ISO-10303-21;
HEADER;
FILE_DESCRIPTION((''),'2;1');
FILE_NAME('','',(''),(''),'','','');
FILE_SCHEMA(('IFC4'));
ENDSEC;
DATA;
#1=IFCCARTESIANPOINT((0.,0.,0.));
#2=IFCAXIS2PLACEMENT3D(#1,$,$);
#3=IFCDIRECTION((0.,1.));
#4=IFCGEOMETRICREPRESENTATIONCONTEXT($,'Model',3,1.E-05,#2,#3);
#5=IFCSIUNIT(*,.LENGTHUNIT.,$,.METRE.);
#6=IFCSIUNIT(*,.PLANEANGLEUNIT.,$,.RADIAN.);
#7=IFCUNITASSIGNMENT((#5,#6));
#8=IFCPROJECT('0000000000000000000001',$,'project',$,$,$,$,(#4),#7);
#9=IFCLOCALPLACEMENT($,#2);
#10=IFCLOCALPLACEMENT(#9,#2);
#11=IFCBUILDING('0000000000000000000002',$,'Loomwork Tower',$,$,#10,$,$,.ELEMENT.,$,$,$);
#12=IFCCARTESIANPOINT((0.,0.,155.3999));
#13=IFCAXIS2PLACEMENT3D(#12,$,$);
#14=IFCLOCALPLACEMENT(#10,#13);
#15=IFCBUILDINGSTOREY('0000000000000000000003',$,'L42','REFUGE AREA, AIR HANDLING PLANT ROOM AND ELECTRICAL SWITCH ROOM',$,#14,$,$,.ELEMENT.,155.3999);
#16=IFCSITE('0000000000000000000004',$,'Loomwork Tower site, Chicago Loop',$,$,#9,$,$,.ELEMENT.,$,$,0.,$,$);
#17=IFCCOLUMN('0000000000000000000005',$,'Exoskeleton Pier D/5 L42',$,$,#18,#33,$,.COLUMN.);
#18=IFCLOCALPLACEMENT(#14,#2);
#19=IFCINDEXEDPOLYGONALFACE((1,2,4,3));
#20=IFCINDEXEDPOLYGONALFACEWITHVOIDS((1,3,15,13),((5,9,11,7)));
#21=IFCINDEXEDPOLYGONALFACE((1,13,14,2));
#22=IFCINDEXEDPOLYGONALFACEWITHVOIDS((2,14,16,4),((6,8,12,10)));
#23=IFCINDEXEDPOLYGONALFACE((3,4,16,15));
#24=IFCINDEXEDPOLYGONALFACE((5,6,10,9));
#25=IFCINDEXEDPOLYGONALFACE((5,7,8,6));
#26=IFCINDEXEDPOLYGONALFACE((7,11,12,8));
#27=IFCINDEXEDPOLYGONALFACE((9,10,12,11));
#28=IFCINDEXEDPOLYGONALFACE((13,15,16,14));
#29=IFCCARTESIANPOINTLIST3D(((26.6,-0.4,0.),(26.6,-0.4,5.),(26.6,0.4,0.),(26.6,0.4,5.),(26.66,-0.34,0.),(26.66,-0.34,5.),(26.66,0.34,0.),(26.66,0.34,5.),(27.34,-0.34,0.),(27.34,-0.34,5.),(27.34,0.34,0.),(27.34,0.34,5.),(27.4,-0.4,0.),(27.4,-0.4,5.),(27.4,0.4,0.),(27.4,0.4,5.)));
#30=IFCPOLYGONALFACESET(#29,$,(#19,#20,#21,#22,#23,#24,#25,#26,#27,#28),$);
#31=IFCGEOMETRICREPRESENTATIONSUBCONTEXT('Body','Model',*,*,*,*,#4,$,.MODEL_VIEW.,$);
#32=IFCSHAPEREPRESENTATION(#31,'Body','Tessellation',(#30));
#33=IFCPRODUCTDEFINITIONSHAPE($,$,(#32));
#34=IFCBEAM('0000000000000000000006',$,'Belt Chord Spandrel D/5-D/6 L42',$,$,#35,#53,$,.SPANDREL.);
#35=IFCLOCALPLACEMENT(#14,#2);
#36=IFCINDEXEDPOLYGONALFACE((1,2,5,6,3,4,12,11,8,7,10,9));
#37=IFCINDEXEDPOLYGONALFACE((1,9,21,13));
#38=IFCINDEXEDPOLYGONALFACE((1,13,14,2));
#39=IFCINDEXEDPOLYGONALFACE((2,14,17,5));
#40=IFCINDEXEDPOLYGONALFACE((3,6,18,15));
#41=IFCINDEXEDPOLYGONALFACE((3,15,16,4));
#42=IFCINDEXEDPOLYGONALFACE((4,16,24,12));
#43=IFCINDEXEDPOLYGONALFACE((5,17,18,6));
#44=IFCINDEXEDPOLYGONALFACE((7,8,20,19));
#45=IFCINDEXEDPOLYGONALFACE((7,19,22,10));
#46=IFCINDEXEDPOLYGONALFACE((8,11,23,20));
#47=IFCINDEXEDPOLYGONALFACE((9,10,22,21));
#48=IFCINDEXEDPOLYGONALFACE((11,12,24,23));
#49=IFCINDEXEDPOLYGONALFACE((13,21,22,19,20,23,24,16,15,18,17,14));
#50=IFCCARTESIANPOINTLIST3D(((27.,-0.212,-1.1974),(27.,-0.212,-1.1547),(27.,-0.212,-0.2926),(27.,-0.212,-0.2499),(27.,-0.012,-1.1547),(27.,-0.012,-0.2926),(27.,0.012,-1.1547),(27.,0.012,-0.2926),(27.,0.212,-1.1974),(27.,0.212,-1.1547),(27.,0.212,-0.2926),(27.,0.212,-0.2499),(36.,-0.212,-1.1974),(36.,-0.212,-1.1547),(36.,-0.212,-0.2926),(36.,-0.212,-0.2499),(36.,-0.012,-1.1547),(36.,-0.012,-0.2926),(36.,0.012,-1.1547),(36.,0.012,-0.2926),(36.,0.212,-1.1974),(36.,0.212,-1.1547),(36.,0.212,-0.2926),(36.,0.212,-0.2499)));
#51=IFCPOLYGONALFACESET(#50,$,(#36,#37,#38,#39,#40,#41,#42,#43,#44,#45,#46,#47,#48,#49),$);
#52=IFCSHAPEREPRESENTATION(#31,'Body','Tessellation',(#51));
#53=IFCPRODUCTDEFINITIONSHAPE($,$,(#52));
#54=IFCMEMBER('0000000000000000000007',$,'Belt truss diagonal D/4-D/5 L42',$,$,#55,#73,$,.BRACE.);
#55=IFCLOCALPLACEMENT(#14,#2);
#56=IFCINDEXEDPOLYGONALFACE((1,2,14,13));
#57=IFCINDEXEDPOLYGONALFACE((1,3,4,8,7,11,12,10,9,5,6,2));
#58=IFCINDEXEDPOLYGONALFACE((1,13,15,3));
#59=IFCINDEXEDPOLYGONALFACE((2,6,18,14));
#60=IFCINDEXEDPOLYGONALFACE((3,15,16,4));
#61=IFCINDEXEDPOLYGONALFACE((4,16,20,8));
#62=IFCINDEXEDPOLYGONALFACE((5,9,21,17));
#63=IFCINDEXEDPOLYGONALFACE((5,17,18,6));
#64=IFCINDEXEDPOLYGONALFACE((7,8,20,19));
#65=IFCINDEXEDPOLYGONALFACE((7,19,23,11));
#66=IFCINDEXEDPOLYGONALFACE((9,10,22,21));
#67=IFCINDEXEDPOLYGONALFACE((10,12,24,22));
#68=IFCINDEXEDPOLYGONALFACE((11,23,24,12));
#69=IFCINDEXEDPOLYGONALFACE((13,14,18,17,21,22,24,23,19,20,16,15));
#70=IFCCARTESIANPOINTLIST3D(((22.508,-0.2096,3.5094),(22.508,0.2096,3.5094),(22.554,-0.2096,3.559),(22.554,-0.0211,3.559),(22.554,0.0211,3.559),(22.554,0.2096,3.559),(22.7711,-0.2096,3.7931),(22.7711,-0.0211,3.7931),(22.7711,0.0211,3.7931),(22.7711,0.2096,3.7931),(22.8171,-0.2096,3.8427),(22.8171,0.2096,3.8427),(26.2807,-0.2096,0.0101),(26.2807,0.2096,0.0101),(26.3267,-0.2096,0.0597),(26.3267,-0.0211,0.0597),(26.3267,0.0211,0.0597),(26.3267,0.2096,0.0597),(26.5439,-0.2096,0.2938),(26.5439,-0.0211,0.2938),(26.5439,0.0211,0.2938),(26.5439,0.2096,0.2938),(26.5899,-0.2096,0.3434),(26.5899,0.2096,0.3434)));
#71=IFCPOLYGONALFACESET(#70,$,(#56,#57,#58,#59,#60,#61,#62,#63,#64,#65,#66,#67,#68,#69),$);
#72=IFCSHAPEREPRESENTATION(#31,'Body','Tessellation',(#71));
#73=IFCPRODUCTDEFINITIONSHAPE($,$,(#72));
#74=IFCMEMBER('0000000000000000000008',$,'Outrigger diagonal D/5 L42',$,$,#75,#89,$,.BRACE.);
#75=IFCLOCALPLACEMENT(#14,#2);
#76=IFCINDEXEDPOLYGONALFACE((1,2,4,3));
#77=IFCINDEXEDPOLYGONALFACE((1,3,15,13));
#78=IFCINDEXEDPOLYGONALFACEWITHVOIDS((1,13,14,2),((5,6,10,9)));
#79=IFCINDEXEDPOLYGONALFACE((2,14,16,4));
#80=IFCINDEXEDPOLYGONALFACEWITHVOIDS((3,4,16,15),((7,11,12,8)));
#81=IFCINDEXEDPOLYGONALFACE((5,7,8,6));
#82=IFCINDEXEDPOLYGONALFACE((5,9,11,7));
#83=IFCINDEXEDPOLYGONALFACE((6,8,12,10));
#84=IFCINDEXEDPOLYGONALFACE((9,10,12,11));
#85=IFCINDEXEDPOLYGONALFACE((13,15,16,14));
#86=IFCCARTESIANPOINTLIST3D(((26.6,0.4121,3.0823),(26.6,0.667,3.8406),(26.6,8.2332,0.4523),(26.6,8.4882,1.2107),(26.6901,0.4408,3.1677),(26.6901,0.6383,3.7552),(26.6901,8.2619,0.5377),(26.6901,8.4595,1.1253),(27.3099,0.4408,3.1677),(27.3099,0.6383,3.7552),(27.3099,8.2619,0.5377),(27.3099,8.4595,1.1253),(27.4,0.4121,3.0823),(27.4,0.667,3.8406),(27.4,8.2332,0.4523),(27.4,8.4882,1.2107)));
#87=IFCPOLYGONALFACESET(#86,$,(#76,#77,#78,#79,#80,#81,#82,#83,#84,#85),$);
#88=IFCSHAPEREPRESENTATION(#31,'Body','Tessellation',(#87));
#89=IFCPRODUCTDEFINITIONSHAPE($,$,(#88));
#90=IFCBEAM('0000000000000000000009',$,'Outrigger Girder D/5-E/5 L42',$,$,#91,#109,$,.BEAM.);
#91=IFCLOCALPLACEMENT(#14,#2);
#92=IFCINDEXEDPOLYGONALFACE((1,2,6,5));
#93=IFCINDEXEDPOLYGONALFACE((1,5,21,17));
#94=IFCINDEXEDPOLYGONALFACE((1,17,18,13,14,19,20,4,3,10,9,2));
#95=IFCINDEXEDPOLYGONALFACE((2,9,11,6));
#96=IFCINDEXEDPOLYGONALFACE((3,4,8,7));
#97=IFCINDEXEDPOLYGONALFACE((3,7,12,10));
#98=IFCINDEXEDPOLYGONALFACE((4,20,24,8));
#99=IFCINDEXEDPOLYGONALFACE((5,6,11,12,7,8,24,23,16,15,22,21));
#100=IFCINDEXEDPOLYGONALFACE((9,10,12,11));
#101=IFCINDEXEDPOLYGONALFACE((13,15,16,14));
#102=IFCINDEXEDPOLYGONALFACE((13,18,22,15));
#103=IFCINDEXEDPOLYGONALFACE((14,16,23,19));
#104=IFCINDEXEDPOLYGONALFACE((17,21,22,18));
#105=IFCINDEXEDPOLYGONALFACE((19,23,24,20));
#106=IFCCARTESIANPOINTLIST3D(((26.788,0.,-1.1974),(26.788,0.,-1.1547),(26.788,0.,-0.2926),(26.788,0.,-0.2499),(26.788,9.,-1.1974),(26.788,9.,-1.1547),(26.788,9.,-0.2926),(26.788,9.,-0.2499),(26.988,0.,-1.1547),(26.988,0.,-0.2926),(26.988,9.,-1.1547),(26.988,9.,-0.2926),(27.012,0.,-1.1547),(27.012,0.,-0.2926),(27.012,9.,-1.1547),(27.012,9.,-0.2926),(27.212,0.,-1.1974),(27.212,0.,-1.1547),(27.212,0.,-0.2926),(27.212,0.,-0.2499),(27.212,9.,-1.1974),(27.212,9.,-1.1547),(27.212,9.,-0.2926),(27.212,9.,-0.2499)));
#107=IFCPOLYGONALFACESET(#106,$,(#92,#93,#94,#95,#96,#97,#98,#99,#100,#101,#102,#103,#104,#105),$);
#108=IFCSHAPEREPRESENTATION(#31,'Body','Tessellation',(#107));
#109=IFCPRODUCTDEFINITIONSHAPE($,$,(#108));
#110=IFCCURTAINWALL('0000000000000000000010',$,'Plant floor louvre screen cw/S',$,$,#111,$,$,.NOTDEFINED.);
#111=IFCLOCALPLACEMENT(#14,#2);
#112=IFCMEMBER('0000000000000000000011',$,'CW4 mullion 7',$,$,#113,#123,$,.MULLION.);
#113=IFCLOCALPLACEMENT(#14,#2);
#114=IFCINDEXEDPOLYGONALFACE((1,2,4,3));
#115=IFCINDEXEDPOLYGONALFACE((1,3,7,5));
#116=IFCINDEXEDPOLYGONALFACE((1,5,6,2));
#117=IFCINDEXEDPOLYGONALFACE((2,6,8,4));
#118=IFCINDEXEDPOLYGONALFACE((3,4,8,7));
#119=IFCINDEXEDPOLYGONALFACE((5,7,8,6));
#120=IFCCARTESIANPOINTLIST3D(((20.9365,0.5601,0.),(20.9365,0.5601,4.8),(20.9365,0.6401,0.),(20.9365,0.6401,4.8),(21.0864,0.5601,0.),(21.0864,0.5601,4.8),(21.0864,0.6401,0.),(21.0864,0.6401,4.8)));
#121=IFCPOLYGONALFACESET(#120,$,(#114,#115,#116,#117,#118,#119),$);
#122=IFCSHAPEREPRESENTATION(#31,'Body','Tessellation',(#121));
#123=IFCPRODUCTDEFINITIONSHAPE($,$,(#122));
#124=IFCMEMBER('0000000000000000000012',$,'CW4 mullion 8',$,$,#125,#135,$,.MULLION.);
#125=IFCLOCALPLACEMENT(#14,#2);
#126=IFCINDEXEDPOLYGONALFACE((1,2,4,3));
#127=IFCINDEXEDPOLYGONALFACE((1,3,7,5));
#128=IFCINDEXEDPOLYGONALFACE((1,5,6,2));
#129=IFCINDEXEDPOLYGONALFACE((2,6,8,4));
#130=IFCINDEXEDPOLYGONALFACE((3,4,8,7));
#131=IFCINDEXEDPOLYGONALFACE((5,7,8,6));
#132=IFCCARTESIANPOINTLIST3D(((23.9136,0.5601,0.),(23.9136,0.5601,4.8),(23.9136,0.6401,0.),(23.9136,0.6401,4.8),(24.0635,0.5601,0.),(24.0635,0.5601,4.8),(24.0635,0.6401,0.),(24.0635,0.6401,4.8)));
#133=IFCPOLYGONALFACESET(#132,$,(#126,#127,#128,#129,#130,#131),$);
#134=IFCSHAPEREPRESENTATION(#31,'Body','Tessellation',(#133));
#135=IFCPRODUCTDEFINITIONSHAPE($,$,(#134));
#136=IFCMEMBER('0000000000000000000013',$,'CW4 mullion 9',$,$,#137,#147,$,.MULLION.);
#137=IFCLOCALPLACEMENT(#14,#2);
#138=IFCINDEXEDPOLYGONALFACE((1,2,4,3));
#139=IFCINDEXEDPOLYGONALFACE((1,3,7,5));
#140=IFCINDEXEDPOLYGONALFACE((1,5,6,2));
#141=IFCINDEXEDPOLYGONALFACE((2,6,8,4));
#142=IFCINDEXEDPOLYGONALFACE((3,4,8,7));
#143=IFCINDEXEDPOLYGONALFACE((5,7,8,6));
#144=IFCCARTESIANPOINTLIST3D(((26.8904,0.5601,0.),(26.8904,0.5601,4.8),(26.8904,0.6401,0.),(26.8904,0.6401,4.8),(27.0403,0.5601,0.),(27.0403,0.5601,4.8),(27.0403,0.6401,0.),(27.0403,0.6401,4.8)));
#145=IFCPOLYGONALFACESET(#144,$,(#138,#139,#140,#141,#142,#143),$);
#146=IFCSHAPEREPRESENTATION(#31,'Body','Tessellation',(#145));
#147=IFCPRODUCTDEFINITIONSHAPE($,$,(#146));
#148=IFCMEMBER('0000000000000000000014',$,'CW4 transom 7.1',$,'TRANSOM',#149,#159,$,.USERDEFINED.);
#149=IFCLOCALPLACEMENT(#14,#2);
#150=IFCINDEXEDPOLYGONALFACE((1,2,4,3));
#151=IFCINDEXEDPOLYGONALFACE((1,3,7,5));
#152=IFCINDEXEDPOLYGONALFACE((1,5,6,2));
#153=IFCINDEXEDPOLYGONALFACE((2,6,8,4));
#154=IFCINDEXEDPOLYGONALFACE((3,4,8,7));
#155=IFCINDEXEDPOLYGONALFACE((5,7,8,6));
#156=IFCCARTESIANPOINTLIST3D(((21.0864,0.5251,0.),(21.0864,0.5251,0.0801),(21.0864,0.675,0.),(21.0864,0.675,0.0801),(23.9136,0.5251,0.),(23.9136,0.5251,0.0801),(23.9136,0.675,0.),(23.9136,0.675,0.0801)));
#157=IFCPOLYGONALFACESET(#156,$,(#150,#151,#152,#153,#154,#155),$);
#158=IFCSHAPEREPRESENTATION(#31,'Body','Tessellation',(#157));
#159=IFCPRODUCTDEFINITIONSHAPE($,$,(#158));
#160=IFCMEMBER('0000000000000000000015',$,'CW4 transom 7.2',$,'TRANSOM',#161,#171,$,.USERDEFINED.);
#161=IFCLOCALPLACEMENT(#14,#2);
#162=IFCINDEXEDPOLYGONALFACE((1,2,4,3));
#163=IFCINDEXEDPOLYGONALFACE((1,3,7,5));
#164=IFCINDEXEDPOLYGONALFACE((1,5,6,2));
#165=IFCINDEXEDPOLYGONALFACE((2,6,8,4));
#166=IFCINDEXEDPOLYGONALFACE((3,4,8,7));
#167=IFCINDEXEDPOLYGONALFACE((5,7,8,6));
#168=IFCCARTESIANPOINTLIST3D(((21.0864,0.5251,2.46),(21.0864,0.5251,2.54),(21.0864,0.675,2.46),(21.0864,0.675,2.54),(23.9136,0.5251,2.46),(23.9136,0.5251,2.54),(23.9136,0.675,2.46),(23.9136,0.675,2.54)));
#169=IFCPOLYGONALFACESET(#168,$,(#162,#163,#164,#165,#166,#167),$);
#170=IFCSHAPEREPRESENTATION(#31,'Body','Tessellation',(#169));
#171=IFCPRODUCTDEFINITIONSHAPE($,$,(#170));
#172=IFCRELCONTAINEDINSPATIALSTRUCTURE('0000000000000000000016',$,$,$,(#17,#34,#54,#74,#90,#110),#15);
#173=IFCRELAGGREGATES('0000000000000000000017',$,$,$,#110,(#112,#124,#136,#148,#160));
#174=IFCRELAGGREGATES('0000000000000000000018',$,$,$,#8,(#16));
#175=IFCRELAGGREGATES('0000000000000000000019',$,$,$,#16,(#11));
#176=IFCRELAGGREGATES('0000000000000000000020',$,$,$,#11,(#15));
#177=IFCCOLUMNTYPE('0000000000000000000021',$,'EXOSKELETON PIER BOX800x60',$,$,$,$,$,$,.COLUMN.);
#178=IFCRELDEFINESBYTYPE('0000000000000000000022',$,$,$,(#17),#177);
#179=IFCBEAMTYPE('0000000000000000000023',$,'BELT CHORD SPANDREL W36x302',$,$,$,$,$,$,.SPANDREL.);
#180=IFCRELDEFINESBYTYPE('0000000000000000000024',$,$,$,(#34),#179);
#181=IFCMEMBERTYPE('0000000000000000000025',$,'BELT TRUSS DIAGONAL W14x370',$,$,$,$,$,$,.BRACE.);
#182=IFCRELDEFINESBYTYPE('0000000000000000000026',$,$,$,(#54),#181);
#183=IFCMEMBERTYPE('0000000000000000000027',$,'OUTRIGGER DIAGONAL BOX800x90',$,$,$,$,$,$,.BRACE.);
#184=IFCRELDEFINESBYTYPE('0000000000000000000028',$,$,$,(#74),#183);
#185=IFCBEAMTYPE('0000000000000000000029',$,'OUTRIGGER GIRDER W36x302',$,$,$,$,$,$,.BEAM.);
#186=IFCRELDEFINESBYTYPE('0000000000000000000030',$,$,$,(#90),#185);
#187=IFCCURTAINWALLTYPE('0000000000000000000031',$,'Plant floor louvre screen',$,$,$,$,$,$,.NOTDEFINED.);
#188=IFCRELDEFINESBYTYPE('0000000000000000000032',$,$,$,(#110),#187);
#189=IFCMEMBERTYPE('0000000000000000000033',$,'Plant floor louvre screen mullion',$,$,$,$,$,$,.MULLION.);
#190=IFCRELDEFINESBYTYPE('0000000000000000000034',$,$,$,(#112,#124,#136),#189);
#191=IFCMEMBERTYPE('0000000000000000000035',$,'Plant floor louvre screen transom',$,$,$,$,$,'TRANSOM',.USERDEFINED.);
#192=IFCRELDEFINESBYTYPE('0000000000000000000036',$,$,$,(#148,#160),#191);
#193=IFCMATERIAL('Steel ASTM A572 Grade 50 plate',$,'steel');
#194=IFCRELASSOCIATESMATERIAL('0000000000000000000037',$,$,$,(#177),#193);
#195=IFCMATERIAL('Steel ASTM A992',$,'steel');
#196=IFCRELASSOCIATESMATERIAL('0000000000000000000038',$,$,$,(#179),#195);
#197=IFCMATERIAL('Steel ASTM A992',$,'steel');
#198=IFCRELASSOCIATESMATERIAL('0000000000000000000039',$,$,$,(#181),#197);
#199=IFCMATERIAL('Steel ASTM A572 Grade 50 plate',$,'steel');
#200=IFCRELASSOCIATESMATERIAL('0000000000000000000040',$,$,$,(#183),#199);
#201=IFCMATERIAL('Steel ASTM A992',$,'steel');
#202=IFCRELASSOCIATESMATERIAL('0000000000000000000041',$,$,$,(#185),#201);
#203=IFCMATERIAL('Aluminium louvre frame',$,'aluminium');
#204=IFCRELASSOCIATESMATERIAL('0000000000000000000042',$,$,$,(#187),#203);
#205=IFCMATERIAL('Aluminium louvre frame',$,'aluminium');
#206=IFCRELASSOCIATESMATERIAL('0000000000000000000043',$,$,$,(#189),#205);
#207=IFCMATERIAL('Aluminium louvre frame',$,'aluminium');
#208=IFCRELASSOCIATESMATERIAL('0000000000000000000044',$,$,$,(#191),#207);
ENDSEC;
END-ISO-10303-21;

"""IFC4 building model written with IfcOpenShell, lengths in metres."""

from ifc_helpers import new_model, si_unit, direction, frame, origin, origin_2d, place, context, subcontext, project, spatial, rectangle, hollow_rectangle, i_section, extrude, material, material_profile, profile_set, type_object, element, aggregate, save


model = new_model("IFC4")

# Units and contexts
model_context = context("Model", 3, precision=1e-05, world=origin(), true_north=direction((0.0, 1.0)))
body_context = subcontext(model_context, "Body", "Model", "MODEL_VIEW")
ifc_project = project(units=[si_unit("LENGTHUNIT", "METRE"), si_unit("PLANEANGLEUNIT", "RADIAN")], contexts=[model_context])

# Site, building, storey
site_placement = place(None, origin())
site = spatial("IfcSite", under=ifc_project, at=site_placement, Name="Loomwork Tower site, Chicago Loop", CompositionType="ELEMENT", RefElevation=0.0)
building_placement = place(site_placement, origin())
building = spatial("IfcBuilding", under=site, at=building_placement, Name="Loomwork Tower", CompositionType="ELEMENT")
storey_placement = place(building_placement, frame((0.0, 0.0, 155.3999)))
storey = spatial("IfcBuildingStorey", under=building, at=storey_placement, Name="L42", Description="REFUGE AREA, AIR HANDLING PLANT ROOM AND ELECTRICAL SWITCH ROOM", CompositionType="ELEMENT", Elevation=155.3999)

# Column
ifc_material_1 = material(Name="Steel ASTM A572 Grade 50 plate", Category="steel")
ifc_material_profile_1 = material_profile(ifc_material_1, hollow_rectangle(XDim=0.8, YDim=0.8, WallThickness=0.0601, at=origin_2d()), Name="BOX800x60")
ifc_profile_set_1 = profile_set([ifc_material_profile_1], Name="Steel ASTM A572 Grade 50 plate")
column_type = type_object("IfcColumnType", Name="EXOSKELETON PIER BOX800x60", PredefinedType="COLUMN", material=ifc_profile_set_1)
column_placement = place(storey_placement, frame((27.0, 0.0, 0.0), z_axis=(0.0, 0.0, 1.0), x_axis=(1.0, 0.0, 0.0)))
element("IfcColumn", 1, at=column_placement, inside=storey, type_object=column_type, Name="Exoskeleton Pier D/5 L42", PredefinedType="COLUMN", context=body_context, shape_type="SweptSolid", body=[
    extrude(hollow_rectangle(XDim=0.8, YDim=0.8, WallThickness=0.0601, at=origin_2d()), origin(), (0.0, 0.0, 1.0), 5.0),
])

# Beam
ifc_material_2 = material(Name="Steel ASTM A992", Category="steel")
ifc_material_profile_2 = material_profile(ifc_material_2, i_section(OverallWidth=0.4241, OverallDepth=0.9475, WebThickness=0.0239, FlangeThickness=0.0427, at=origin_2d()), Name="W36x302")
ifc_profile_set_2 = profile_set([ifc_material_profile_2], Name="Steel ASTM A992")
beam_type_1 = type_object("IfcBeamType", Name="BELT CHORD SPANDREL W36x302", PredefinedType="SPANDREL", material=ifc_profile_set_2)
beam_1_placement = place(storey_placement, frame((27.0, 0.0, -0.7236), z_axis=(1.0, 0.0, 0.0), x_axis=(0.0, 1.0, 0.0)))
element("IfcBeam", 2, at=beam_1_placement, inside=storey, type_object=beam_type_1, Name="Belt Chord Spandrel D/5-D/6 L42", PredefinedType="SPANDREL", context=body_context, shape_type="SweptSolid", body=[
    extrude(i_section(OverallWidth=0.4241, OverallDepth=0.9475, WebThickness=0.0239, FlangeThickness=0.0427, at=origin_2d()), origin(), (0.0, 0.0, 1.0), 9.0),
])

# Members
ifc_material_3 = material(Name="Steel ASTM A992", Category="steel")
ifc_material_profile_3 = material_profile(ifc_material_3, i_section(OverallWidth=0.4192, OverallDepth=0.4546, WebThickness=0.0422, FlangeThickness=0.0676, at=origin_2d()), Name="W14x370")
ifc_profile_set_3 = profile_set([ifc_material_profile_3], Name="Steel ASTM A992")
member_type_1 = type_object("IfcMemberType", Name="BELT TRUSS DIAGONAL W14x370", PredefinedType="BRACE", material=ifc_profile_set_3)
member_1_placement = place(storey_placement, frame((26.4353, 0.0, 0.1768), z_axis=(-0.733177, 0.0, 0.680038), x_axis=(0.0, -1.0, 0.0)))
element("IfcMember", 3, at=member_1_placement, inside=storey, type_object=member_type_1, Name="Belt truss diagonal D/4-D/5 L42", PredefinedType="BRACE", context=body_context, shape_type="SweptSolid", body=[
    extrude(i_section(OverallWidth=0.4192, OverallDepth=0.4546, WebThickness=0.0422, FlangeThickness=0.0676, at=origin_2d()), origin(), (0.0, 0.0, 1.0), 5.1458),
])
ifc_material_4 = material(Name="Steel ASTM A572 Grade 50 plate", Category="steel")
ifc_material_profile_4 = material_profile(ifc_material_4, hollow_rectangle(XDim=0.8, YDim=0.8, WallThickness=0.0901, at=origin_2d()), Name="BOX800x90")
ifc_profile_set_4 = profile_set([ifc_material_profile_4], Name="Steel ASTM A572 Grade 50 plate")
member_type_2 = type_object("IfcMemberType", Name="OUTRIGGER DIAGONAL BOX800x90", PredefinedType="BRACE", material=ifc_profile_set_4)
member_2_placement = place(storey_placement, frame((27.0, 0.5396, 3.4614), z_axis=(0.0, 0.947849, -0.318721), x_axis=(-1.0, 0.0, 0.0)))
element("IfcMember", 4, at=member_2_placement, inside=storey, type_object=member_type_2, Name="Outrigger diagonal D/5 L42", PredefinedType="BRACE", context=body_context, shape_type="SweptSolid", body=[
    extrude(hollow_rectangle(XDim=0.8, YDim=0.8, WallThickness=0.0901, at=origin_2d()), origin(), (0.0, 0.0, 1.0), 8.2515),
])

# Beam
ifc_material_5 = material(Name="Steel ASTM A992", Category="steel")
ifc_material_profile_5 = material_profile(ifc_material_5, i_section(OverallWidth=0.4241, OverallDepth=0.9475, WebThickness=0.0239, FlangeThickness=0.0427, at=origin_2d()), Name="W36x302")
ifc_profile_set_5 = profile_set([ifc_material_profile_5], Name="Steel ASTM A992")
beam_type_2 = type_object("IfcBeamType", Name="OUTRIGGER GIRDER W36x302", PredefinedType="BEAM", material=ifc_profile_set_5)
beam_2_placement = place(storey_placement, frame((27.0, 0.0, -0.7236), z_axis=(0.0, 1.0, 0.0), x_axis=(-1.0, 0.0, 0.0)))
element("IfcBeam", 5, at=beam_2_placement, inside=storey, type_object=beam_type_2, Name="Outrigger Girder D/5-E/5 L42", PredefinedType="BEAM", context=body_context, shape_type="SweptSolid", body=[
    extrude(i_section(OverallWidth=0.4241, OverallDepth=0.9475, WebThickness=0.0239, FlangeThickness=0.0427, at=origin_2d()), origin(), (0.0, 0.0, 1.0), 9.0),
])

# Curtain wall, members
ifc_material_6 = material(Name="Aluminium louvre frame", Category="aluminium")
curtain_wall_type = type_object("IfcCurtainWallType", Name="Plant floor louvre screen", PredefinedType="NOTDEFINED", material=ifc_material_6)
curtain_wall_placement = place(storey_placement, origin())
curtain_wall = element("IfcCurtainWall", 6, at=curtain_wall_placement, inside=storey, type_object=curtain_wall_type, Name="Plant floor louvre screen cw/S", PredefinedType="NOTDEFINED")
ifc_material_7 = material(Name="Aluminium louvre frame", Category="aluminium")
ifc_material_profile_6 = material_profile(ifc_material_7, rectangle(XDim=0.0801, YDim=0.1499, at=origin_2d()), Name="AL 80x150")
ifc_profile_set_6 = profile_set([ifc_material_profile_6], Name="Aluminium louvre frame")
member_type_3 = type_object("IfcMemberType", Name="Plant floor louvre screen mullion", PredefinedType="MULLION", material=ifc_profile_set_6)
member_3_placement = place(storey_placement, frame((21.0115, 0.6001, 0.0), z_axis=(0.0, 0.0, 1.0), x_axis=(0.0, 1.0, 0.0)))
member_3 = element("IfcMember", 7, at=member_3_placement, type_object=member_type_3, Name="CW4 mullion 7", PredefinedType="MULLION", context=body_context, shape_type="SweptSolid", body=[
    extrude(rectangle(XDim=0.0801, YDim=0.1499, at=origin_2d()), origin(), (0.0, 0.0, 1.0), 4.8),
])
member_4_placement = place(storey_placement, frame((23.9885, 0.6001, 0.0), z_axis=(0.0, 0.0, 1.0), x_axis=(0.0, 1.0, 0.0)))
member_4 = element("IfcMember", 8, at=member_4_placement, type_object=member_type_3, Name="CW4 mullion 8", PredefinedType="MULLION", context=body_context, shape_type="SweptSolid", body=[
    extrude(rectangle(XDim=0.0801, YDim=0.1499, at=origin_2d()), origin(), (0.0, 0.0, 1.0), 4.8),
])
member_5_placement = place(storey_placement, frame((26.9653, 0.6001, 0.0), z_axis=(0.0, 0.0, 1.0), x_axis=(0.0, 1.0, 0.0)))
member_5 = element("IfcMember", 9, at=member_5_placement, type_object=member_type_3, Name="CW4 mullion 9", PredefinedType="MULLION", context=body_context, shape_type="SweptSolid", body=[
    extrude(rectangle(XDim=0.0801, YDim=0.1499, at=origin_2d()), origin(), (0.0, 0.0, 1.0), 4.8),
])
ifc_material_8 = material(Name="Aluminium louvre frame", Category="aluminium")
ifc_material_profile_7 = material_profile(ifc_material_8, rectangle(XDim=0.1499, YDim=0.0801, at=origin_2d()), Name="AL 80x150")
ifc_profile_set_7 = profile_set([ifc_material_profile_7], Name="Aluminium louvre frame")
member_type_4 = type_object("IfcMemberType", Name="Plant floor louvre screen transom", ElementType="TRANSOM", PredefinedType="USERDEFINED", material=ifc_profile_set_7)
member_6_placement = place(storey_placement, frame((21.0864, 0.6001, 0.04), z_axis=(1.0, 0.0, 0.0), x_axis=(0.0, 1.0, 0.0)))
member_6 = element("IfcMember", 10, at=member_6_placement, type_object=member_type_4, Name="CW4 transom 7.1", ObjectType="TRANSOM", PredefinedType="USERDEFINED", context=body_context, shape_type="SweptSolid", body=[
    extrude(rectangle(XDim=0.1499, YDim=0.0801, at=origin_2d()), origin(), (0.0, 0.0, 1.0), 2.8271),
])
member_7_placement = place(storey_placement, frame((21.0864, 0.6001, 2.5), z_axis=(1.0, 0.0, 0.0), x_axis=(0.0, 1.0, 0.0)))
member_7 = element("IfcMember", 11, at=member_7_placement, type_object=member_type_4, Name="CW4 transom 7.2", ObjectType="TRANSOM", PredefinedType="USERDEFINED", context=body_context, shape_type="SweptSolid", body=[
    extrude(rectangle(XDim=0.1499, YDim=0.0801, at=origin_2d()), origin(), (0.0, 0.0, 1.0), 2.8271),
])

aggregate(curtain_wall, [member_3, member_4, member_5, member_6, member_7])

save(model, "model.ifc")
